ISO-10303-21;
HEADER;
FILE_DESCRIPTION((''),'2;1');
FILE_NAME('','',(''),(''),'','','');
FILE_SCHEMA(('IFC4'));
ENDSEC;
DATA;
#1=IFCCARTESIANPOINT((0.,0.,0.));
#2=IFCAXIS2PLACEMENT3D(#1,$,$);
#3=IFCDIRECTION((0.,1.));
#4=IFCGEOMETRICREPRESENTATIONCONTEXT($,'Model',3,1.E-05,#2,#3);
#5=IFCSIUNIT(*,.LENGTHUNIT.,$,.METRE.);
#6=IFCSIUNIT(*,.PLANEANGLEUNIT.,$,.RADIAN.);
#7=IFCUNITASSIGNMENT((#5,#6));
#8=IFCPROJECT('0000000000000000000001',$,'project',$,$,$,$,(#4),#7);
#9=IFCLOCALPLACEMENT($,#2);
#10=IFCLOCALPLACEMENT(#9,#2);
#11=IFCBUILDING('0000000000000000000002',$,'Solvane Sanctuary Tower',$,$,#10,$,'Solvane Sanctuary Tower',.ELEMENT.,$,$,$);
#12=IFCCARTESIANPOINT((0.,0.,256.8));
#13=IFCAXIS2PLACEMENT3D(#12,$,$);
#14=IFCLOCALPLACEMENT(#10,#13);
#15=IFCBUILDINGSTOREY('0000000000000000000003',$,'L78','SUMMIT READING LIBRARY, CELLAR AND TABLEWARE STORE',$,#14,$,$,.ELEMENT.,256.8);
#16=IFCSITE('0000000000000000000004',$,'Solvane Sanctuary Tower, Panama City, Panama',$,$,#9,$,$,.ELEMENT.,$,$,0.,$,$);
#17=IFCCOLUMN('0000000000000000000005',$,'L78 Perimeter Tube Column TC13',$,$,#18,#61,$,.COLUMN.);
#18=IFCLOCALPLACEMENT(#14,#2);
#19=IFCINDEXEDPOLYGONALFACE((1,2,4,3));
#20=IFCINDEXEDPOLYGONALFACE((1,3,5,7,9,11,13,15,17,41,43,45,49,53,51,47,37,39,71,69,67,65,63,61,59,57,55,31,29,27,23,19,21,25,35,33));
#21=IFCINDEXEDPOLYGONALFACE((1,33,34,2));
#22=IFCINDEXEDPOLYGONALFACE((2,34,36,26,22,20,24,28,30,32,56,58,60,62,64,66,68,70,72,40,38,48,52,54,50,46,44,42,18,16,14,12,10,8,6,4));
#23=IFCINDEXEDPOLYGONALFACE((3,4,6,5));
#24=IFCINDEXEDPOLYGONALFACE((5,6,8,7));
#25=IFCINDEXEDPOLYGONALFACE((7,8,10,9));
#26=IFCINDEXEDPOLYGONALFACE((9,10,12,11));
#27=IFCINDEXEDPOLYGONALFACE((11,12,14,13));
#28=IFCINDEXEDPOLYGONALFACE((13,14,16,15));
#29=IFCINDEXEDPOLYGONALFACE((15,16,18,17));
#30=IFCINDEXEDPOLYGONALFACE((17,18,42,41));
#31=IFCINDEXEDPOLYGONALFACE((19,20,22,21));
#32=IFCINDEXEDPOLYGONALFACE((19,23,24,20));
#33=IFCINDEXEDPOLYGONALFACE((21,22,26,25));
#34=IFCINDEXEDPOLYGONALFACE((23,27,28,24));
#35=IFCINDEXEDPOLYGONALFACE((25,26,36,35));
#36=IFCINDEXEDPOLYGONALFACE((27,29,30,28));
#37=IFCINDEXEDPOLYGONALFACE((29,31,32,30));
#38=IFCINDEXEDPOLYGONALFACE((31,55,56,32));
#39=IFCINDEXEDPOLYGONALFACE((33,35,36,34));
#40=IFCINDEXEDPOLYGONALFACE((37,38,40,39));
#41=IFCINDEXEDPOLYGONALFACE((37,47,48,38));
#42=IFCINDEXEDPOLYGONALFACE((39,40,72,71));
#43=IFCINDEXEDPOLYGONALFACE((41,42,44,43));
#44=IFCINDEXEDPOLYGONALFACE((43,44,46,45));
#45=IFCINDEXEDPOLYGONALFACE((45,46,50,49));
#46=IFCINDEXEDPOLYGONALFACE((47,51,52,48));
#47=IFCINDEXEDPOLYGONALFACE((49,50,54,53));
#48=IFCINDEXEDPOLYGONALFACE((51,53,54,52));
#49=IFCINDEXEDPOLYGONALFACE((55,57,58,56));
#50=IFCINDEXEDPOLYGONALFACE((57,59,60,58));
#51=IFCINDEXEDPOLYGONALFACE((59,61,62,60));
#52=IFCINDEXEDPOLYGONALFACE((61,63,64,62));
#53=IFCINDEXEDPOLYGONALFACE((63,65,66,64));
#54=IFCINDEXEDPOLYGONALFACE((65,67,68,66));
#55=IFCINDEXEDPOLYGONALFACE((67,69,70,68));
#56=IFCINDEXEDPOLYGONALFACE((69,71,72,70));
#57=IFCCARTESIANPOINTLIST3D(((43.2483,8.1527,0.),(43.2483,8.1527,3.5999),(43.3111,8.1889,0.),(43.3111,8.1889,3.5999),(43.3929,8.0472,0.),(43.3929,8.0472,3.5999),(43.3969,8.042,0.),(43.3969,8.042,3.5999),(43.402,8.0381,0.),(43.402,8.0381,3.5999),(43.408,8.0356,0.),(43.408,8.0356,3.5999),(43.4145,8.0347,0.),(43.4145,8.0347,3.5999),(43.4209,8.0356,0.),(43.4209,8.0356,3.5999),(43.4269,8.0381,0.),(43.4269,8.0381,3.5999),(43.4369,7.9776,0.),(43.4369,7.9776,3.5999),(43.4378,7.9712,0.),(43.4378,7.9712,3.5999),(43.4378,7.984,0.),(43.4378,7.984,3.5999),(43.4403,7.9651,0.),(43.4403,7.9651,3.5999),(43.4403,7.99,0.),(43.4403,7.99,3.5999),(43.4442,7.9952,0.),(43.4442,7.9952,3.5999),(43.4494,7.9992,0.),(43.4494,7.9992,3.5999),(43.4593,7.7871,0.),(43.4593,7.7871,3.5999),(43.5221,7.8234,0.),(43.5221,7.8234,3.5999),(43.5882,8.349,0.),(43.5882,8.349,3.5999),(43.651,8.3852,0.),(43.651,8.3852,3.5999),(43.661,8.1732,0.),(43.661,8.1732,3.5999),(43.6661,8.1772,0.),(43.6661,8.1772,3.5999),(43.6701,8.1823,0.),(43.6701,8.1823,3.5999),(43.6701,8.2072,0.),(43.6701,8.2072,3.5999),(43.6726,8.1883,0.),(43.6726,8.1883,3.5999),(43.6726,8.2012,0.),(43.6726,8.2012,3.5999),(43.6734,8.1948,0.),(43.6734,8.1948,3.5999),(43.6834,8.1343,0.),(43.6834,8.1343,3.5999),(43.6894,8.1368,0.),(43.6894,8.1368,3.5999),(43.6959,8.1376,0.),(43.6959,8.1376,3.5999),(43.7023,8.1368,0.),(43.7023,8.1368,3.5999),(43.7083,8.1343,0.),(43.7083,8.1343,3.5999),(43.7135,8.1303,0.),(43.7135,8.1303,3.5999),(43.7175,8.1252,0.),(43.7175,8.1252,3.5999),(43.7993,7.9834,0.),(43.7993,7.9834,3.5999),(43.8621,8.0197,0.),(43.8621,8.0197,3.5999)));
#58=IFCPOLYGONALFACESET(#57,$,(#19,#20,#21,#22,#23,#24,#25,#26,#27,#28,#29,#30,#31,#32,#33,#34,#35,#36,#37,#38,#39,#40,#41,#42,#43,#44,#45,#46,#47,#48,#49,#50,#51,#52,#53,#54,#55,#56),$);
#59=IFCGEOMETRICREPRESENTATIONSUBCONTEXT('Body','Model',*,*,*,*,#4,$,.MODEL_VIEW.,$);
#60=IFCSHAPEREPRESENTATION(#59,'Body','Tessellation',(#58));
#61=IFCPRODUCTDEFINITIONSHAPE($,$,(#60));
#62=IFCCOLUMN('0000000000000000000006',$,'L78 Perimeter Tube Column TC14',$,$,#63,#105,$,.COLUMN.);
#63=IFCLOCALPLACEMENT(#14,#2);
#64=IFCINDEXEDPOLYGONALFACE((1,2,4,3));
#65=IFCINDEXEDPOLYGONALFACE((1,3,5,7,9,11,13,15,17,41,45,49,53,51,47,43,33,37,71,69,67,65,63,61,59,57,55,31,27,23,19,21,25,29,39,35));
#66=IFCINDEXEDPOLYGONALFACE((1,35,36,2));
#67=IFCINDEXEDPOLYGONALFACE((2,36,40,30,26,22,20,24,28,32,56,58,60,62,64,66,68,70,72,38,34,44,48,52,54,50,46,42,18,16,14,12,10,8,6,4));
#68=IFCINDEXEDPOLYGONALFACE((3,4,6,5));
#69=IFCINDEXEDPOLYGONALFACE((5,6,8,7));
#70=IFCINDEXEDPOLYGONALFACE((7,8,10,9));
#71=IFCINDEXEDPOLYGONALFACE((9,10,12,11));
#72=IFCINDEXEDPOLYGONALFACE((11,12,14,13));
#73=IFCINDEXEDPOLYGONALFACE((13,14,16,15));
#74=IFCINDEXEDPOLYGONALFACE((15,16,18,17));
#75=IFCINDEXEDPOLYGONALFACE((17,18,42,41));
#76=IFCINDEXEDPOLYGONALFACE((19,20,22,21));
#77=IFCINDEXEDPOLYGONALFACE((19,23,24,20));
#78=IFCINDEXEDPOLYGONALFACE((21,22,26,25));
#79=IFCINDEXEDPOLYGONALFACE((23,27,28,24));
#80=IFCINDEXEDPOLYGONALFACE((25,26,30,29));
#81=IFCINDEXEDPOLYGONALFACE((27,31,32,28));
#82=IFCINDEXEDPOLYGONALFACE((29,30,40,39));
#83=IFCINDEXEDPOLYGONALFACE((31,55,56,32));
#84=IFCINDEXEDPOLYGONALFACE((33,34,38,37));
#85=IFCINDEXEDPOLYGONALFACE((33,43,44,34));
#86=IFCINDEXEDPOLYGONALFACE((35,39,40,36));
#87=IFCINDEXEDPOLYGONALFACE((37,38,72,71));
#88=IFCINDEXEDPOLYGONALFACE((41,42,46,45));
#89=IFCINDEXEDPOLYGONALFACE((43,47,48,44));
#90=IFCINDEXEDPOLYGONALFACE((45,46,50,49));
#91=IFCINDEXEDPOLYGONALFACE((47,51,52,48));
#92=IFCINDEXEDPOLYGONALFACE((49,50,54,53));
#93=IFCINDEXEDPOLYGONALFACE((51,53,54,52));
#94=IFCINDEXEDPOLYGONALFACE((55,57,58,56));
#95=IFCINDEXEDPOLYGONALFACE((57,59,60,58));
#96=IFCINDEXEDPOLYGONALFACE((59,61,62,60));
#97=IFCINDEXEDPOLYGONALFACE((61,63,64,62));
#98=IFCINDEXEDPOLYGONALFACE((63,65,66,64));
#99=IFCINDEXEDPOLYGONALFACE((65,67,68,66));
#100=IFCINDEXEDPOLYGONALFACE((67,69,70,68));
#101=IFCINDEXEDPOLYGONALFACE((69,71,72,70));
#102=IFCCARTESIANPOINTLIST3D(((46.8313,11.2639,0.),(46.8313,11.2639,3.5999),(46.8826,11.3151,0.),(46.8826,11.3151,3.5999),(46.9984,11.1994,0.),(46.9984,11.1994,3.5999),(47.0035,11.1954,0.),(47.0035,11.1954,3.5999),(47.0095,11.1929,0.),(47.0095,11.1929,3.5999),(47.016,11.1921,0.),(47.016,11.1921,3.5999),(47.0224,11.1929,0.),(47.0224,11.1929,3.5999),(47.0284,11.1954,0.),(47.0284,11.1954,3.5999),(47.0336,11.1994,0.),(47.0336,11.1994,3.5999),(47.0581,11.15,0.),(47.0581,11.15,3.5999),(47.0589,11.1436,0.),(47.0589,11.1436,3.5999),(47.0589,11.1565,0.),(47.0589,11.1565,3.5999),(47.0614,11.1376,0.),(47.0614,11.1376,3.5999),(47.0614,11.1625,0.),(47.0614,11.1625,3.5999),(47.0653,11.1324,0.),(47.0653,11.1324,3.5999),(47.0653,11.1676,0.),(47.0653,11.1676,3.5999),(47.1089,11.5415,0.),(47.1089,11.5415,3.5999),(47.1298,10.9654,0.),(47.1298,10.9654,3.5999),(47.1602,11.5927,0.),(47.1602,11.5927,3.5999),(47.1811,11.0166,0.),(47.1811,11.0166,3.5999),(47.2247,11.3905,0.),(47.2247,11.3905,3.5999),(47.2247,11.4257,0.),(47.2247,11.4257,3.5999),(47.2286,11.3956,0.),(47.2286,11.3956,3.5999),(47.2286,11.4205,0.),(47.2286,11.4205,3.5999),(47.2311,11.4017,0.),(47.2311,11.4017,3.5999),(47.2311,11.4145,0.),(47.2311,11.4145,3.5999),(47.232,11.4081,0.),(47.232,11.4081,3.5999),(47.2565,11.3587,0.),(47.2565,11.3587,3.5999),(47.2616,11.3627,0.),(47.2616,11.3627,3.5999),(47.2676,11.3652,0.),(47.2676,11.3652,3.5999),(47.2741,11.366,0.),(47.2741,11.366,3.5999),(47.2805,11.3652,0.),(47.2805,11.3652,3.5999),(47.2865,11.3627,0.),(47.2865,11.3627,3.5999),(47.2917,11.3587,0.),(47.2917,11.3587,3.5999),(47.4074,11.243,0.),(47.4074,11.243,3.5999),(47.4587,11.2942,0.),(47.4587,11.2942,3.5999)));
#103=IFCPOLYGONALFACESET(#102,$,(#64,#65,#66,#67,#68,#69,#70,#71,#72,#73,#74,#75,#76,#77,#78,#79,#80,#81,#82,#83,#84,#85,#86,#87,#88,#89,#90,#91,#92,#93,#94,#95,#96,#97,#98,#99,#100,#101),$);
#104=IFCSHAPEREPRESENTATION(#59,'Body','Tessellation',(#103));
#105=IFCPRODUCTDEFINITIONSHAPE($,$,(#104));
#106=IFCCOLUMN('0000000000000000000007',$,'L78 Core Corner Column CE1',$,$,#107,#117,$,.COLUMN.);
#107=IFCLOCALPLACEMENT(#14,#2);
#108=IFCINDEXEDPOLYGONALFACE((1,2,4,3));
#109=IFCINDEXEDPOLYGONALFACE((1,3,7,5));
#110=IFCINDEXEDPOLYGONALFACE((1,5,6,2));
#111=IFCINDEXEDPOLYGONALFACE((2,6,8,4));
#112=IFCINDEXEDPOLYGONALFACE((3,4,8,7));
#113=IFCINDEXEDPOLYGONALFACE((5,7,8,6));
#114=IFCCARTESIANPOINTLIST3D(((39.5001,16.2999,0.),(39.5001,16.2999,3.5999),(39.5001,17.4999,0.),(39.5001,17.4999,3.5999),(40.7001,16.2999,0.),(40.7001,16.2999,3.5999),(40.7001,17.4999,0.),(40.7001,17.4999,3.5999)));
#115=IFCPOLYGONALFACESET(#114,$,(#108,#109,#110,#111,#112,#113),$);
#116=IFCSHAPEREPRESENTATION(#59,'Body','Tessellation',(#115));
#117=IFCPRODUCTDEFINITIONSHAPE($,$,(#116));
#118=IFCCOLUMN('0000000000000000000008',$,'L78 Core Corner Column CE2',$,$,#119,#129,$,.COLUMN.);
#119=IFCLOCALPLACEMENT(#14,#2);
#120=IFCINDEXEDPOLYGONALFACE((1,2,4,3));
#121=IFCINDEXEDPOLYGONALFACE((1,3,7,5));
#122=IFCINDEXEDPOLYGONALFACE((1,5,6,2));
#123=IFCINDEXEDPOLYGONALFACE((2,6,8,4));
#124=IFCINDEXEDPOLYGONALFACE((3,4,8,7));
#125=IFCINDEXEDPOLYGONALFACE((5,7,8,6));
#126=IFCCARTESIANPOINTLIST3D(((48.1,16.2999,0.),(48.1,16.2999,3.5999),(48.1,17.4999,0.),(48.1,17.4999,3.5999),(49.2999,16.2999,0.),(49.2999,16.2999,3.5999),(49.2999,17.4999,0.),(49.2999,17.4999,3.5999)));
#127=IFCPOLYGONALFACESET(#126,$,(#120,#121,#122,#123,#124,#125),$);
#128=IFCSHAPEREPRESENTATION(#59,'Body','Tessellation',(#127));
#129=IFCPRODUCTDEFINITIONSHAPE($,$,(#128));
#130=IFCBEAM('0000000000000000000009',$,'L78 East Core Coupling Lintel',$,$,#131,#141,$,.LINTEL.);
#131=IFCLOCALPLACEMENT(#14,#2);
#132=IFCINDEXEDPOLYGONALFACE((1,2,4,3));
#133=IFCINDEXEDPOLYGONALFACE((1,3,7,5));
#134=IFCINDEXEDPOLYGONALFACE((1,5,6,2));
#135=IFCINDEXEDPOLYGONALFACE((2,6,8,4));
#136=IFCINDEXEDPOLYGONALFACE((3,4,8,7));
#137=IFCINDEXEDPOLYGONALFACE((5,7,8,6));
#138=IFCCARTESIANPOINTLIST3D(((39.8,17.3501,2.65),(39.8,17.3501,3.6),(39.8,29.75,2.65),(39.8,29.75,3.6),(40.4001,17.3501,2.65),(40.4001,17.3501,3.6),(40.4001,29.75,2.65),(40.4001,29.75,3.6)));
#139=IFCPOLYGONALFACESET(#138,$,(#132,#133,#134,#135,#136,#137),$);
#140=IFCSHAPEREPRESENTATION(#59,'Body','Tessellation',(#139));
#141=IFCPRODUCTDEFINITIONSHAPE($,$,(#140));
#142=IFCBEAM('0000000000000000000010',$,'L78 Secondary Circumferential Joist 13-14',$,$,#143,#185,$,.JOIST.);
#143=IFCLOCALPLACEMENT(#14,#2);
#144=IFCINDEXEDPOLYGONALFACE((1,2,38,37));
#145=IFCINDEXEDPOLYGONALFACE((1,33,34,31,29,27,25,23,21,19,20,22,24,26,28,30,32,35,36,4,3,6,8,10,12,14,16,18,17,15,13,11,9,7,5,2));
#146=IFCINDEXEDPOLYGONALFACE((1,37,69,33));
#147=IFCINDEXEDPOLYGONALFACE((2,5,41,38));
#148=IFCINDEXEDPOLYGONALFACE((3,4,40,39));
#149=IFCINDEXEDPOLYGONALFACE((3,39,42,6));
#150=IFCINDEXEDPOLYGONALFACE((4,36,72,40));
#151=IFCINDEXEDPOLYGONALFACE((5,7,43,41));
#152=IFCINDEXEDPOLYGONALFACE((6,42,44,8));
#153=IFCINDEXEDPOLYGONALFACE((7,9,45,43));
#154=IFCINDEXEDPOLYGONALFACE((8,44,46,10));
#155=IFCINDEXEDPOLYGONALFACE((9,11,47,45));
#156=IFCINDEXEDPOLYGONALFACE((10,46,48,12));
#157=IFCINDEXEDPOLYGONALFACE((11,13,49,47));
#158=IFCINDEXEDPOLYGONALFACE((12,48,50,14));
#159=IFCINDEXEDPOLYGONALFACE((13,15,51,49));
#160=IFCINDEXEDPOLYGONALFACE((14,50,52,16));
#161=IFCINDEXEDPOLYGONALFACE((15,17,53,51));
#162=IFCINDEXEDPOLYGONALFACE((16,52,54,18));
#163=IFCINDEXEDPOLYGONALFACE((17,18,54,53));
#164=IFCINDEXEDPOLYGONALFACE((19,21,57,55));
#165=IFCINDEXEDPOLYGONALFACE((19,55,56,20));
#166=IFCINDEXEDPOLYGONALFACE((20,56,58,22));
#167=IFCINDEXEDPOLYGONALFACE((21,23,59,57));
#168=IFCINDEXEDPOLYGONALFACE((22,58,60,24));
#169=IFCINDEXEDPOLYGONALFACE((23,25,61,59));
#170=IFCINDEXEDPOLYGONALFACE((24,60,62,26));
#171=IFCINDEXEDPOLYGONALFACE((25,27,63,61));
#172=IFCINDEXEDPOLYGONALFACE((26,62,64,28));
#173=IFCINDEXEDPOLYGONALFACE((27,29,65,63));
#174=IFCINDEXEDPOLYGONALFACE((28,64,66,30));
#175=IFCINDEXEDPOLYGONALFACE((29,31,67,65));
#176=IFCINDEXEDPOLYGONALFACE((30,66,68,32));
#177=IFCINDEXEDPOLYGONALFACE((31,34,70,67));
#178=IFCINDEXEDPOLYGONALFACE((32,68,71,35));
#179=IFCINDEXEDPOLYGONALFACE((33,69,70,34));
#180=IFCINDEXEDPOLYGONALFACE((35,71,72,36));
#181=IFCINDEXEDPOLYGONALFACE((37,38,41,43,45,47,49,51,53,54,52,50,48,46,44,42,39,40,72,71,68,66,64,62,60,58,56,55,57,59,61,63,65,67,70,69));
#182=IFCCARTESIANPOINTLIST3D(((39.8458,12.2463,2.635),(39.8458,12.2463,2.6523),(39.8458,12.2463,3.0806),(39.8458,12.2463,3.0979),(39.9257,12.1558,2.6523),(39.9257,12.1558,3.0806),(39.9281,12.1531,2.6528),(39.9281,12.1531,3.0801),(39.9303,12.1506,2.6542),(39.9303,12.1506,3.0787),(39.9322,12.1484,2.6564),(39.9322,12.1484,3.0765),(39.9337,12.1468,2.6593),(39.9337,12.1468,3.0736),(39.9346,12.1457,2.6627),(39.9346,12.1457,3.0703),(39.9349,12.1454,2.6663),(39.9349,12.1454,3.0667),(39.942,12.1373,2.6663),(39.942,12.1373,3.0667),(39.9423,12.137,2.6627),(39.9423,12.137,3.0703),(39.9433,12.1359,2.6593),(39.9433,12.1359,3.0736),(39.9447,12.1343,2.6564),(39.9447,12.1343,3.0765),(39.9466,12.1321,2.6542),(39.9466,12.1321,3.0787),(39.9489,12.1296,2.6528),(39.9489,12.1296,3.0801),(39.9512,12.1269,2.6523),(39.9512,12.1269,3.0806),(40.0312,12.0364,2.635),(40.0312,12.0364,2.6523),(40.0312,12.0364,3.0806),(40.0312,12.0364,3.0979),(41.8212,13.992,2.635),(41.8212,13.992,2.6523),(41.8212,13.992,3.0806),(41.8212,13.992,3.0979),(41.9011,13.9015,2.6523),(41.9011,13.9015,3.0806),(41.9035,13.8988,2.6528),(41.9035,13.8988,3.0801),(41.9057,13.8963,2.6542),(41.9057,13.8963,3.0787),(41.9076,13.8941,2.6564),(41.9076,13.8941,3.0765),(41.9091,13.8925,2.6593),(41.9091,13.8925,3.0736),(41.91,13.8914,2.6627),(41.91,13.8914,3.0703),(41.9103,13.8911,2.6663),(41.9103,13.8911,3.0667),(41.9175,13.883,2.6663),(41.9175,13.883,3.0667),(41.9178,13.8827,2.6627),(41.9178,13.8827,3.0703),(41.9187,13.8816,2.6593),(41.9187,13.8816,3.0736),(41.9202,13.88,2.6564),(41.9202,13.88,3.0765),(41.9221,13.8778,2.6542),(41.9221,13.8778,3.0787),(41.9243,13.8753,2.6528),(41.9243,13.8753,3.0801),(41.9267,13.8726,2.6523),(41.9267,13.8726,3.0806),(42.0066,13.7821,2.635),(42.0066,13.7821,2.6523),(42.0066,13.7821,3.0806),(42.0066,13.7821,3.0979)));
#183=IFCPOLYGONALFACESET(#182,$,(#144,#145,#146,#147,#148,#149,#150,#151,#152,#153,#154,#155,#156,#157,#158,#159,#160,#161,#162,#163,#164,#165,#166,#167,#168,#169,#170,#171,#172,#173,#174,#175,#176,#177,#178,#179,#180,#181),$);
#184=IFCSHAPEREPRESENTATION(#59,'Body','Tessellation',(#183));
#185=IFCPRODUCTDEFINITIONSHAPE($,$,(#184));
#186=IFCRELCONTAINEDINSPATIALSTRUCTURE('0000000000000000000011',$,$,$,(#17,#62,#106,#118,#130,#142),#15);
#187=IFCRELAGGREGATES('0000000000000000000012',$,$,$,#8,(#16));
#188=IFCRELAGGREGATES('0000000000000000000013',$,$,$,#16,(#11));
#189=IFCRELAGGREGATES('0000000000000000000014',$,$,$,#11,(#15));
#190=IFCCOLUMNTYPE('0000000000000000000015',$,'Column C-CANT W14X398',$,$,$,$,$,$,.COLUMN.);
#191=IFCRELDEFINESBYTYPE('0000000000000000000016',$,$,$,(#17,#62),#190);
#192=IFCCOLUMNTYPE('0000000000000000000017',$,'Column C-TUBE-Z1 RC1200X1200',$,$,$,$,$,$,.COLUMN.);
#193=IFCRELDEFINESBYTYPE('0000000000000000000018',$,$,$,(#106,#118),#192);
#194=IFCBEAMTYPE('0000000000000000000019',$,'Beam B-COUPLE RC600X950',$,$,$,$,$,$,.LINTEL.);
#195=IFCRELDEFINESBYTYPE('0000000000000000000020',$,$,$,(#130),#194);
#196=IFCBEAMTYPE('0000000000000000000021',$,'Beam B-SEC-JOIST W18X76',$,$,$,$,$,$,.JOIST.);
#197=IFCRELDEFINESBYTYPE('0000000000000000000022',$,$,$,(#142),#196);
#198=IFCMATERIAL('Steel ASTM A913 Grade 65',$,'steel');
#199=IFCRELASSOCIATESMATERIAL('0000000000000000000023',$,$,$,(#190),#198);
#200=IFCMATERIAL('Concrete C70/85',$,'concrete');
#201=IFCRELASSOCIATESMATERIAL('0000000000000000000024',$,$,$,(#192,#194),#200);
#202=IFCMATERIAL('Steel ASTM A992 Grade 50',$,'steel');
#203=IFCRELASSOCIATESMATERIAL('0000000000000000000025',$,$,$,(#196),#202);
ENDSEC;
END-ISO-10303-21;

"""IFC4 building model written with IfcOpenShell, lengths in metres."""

from ifc_helpers import new_model, si_unit, direction, frame, origin, origin_2d, place, context, subcontext, project, spatial, rectangle, i_section, extrude, material, material_profile, profile_set, type_object, element, save


model = new_model("IFC4")

# Units and contexts
model_context = context("Model", 3, precision=1e-05, world=origin(), true_north=direction((0.0, 1.0)))
body_context = subcontext(model_context, "Body", "Model", "MODEL_VIEW")
ifc_project = project(units=[si_unit("LENGTHUNIT", "METRE"), si_unit("PLANEANGLEUNIT", "RADIAN")], contexts=[model_context])

# Site, building, storey
site_placement = place(None, origin())
site = spatial("IfcSite", under=ifc_project, at=site_placement, Name="Solvane Sanctuary Tower, Panama City, Panama", CompositionType="ELEMENT", RefElevation=0.0)
building_placement = place(site_placement, origin())
building = spatial("IfcBuilding", under=site, at=building_placement, Name="Solvane Sanctuary Tower", LongName="Solvane Sanctuary Tower", CompositionType="ELEMENT")
storey_placement = place(building_placement, frame((0.0, 0.0, 256.8)))
storey = spatial("IfcBuildingStorey", under=building, at=storey_placement, Name="L78", Description="SUMMIT READING LIBRARY, CELLAR AND TABLEWARE STORE", CompositionType="ELEMENT", Elevation=256.8)

# Columns
ifc_material_1 = material(Name="Steel ASTM A913 Grade 65", Category="steel")
ifc_material_profile_1 = material_profile(ifc_material_1, i_section(OverallWidth=0.4221, OverallDepth=0.4651, WebThickness=0.0449, FlangeThickness=0.0725, FilletRadius=0.0249, at=origin_2d()), Name="W14X398")
ifc_profile_set_1 = profile_set([ifc_material_profile_1], Name="Steel ASTM A913 Grade 65")
column_type_1 = type_object("IfcColumnType", Name="Column C-CANT W14X398", PredefinedType="COLUMN", material=ifc_profile_set_1)
for number, where, z_axis, x_axis, name in (
    (1, (43.5552, 8.0862, 0.0), (0.0, 0.0, 1.0), (0.5, -0.866025, 0.0), "L78 Perimeter Tube Column TC13"),
    (2, (47.145, 11.2791, 0.0), (0.0, 0.0, 1.0), (0.707107, -0.707107, 0.0), "L78 Perimeter Tube Column TC14"),
):
    element("IfcColumn", number, at=place(storey_placement, frame(where, z_axis=z_axis, x_axis=x_axis)), inside=storey, type_object=column_type_1, Name=name, PredefinedType="COLUMN", context=body_context, shape_type="SweptSolid", body=[
        extrude(i_section(OverallWidth=0.4221, OverallDepth=0.4651, WebThickness=0.0449, FlangeThickness=0.0725, FilletRadius=0.0249, at=origin_2d()), origin(), (0.0, 0.0, 1.0), 3.5999),
    ])
ifc_material_2 = material(Name="Concrete C70/85", Category="concrete")
ifc_material_profile_2 = material_profile(ifc_material_2, rectangle(XDim=1.2, YDim=1.2, at=origin_2d()), Name="RC1200X1200")
ifc_profile_set_2 = profile_set([ifc_material_profile_2], Name="Concrete C70/85")
column_type_2 = type_object("IfcColumnType", Name="Column C-TUBE-Z1 RC1200X1200", PredefinedType="COLUMN", material=ifc_profile_set_2)
for number, where, z_axis, x_axis, name in (
    (3, (40.1001, 16.8999, 0.0), (0.0, 0.0, 1.0), (1.0, 0.0, 0.0), "L78 Core Corner Column CE1"),
    (4, (48.7, 16.8999, 0.0), (0.0, 0.0, 1.0), (1.0, 0.0, 0.0), "L78 Core Corner Column CE2"),
):
    element("IfcColumn", number, at=place(storey_placement, frame(where, z_axis=z_axis, x_axis=x_axis)), inside=storey, type_object=column_type_2, Name=name, PredefinedType="COLUMN", context=body_context, shape_type="SweptSolid", body=[
        extrude(rectangle(XDim=1.2, YDim=1.2, at=origin_2d()), origin(), (0.0, 0.0, 1.0), 3.5999),
    ])

# Beams
ifc_material_profile_3 = material_profile(ifc_material_2, rectangle(XDim=0.6001, YDim=0.95, at=origin_2d()), Name="RC600X950")
ifc_profile_set_3 = profile_set([ifc_material_profile_3], Name="Concrete C70/85")
beam_type_1 = type_object("IfcBeamType", Name="Beam B-COUPLE RC600X950", PredefinedType="LINTEL", material=ifc_profile_set_3)
beam_1_placement = place(storey_placement, frame((40.1001, 17.3501, 3.125), z_axis=(0.0, 1.0, 0.0), x_axis=(-1.0, 0.0, 0.0)))
element("IfcBeam", 5, at=beam_1_placement, inside=storey, type_object=beam_type_1, Name="L78 East Core Coupling Lintel", PredefinedType="LINTEL", context=body_context, shape_type="SweptSolid", body=[
    extrude(rectangle(XDim=0.6001, YDim=0.95, at=origin_2d()), origin(), (0.0, 0.0, 1.0), 12.3999),
])
ifc_material_3 = material(Name="Steel ASTM A992 Grade 50", Category="steel")
ifc_material_profile_4 = material_profile(ifc_material_3, i_section(OverallWidth=0.28, OverallDepth=0.4629, WebThickness=0.0107, FlangeThickness=0.0173, FilletRadius=0.0139, at=origin_2d()), Name="W18X76")
ifc_profile_set_4 = profile_set([ifc_material_profile_4], Name="Steel ASTM A992 Grade 50")
beam_type_2 = type_object("IfcBeamType", Name="Beam B-SEC-JOIST W18X76", PredefinedType="JOIST", material=ifc_profile_set_4)
beam_2_placement = place(storey_placement, frame((39.9385, 12.1414, 2.8665), z_axis=(0.749338, 0.662188, 0.0), x_axis=(-0.662188, 0.749338, 0.0)))
element("IfcBeam", 6, at=beam_2_placement, inside=storey, type_object=beam_type_2, Name="L78 Secondary Circumferential Joist 13-14", PredefinedType="JOIST", context=body_context, shape_type="SweptSolid", body=[
    extrude(i_section(OverallWidth=0.28, OverallDepth=0.4629, WebThickness=0.0107, FlangeThickness=0.0173, FilletRadius=0.0139, at=origin_2d()), origin(), (0.0, 0.0, 1.0), 2.6362),
])

save(model, "model.ifc")
